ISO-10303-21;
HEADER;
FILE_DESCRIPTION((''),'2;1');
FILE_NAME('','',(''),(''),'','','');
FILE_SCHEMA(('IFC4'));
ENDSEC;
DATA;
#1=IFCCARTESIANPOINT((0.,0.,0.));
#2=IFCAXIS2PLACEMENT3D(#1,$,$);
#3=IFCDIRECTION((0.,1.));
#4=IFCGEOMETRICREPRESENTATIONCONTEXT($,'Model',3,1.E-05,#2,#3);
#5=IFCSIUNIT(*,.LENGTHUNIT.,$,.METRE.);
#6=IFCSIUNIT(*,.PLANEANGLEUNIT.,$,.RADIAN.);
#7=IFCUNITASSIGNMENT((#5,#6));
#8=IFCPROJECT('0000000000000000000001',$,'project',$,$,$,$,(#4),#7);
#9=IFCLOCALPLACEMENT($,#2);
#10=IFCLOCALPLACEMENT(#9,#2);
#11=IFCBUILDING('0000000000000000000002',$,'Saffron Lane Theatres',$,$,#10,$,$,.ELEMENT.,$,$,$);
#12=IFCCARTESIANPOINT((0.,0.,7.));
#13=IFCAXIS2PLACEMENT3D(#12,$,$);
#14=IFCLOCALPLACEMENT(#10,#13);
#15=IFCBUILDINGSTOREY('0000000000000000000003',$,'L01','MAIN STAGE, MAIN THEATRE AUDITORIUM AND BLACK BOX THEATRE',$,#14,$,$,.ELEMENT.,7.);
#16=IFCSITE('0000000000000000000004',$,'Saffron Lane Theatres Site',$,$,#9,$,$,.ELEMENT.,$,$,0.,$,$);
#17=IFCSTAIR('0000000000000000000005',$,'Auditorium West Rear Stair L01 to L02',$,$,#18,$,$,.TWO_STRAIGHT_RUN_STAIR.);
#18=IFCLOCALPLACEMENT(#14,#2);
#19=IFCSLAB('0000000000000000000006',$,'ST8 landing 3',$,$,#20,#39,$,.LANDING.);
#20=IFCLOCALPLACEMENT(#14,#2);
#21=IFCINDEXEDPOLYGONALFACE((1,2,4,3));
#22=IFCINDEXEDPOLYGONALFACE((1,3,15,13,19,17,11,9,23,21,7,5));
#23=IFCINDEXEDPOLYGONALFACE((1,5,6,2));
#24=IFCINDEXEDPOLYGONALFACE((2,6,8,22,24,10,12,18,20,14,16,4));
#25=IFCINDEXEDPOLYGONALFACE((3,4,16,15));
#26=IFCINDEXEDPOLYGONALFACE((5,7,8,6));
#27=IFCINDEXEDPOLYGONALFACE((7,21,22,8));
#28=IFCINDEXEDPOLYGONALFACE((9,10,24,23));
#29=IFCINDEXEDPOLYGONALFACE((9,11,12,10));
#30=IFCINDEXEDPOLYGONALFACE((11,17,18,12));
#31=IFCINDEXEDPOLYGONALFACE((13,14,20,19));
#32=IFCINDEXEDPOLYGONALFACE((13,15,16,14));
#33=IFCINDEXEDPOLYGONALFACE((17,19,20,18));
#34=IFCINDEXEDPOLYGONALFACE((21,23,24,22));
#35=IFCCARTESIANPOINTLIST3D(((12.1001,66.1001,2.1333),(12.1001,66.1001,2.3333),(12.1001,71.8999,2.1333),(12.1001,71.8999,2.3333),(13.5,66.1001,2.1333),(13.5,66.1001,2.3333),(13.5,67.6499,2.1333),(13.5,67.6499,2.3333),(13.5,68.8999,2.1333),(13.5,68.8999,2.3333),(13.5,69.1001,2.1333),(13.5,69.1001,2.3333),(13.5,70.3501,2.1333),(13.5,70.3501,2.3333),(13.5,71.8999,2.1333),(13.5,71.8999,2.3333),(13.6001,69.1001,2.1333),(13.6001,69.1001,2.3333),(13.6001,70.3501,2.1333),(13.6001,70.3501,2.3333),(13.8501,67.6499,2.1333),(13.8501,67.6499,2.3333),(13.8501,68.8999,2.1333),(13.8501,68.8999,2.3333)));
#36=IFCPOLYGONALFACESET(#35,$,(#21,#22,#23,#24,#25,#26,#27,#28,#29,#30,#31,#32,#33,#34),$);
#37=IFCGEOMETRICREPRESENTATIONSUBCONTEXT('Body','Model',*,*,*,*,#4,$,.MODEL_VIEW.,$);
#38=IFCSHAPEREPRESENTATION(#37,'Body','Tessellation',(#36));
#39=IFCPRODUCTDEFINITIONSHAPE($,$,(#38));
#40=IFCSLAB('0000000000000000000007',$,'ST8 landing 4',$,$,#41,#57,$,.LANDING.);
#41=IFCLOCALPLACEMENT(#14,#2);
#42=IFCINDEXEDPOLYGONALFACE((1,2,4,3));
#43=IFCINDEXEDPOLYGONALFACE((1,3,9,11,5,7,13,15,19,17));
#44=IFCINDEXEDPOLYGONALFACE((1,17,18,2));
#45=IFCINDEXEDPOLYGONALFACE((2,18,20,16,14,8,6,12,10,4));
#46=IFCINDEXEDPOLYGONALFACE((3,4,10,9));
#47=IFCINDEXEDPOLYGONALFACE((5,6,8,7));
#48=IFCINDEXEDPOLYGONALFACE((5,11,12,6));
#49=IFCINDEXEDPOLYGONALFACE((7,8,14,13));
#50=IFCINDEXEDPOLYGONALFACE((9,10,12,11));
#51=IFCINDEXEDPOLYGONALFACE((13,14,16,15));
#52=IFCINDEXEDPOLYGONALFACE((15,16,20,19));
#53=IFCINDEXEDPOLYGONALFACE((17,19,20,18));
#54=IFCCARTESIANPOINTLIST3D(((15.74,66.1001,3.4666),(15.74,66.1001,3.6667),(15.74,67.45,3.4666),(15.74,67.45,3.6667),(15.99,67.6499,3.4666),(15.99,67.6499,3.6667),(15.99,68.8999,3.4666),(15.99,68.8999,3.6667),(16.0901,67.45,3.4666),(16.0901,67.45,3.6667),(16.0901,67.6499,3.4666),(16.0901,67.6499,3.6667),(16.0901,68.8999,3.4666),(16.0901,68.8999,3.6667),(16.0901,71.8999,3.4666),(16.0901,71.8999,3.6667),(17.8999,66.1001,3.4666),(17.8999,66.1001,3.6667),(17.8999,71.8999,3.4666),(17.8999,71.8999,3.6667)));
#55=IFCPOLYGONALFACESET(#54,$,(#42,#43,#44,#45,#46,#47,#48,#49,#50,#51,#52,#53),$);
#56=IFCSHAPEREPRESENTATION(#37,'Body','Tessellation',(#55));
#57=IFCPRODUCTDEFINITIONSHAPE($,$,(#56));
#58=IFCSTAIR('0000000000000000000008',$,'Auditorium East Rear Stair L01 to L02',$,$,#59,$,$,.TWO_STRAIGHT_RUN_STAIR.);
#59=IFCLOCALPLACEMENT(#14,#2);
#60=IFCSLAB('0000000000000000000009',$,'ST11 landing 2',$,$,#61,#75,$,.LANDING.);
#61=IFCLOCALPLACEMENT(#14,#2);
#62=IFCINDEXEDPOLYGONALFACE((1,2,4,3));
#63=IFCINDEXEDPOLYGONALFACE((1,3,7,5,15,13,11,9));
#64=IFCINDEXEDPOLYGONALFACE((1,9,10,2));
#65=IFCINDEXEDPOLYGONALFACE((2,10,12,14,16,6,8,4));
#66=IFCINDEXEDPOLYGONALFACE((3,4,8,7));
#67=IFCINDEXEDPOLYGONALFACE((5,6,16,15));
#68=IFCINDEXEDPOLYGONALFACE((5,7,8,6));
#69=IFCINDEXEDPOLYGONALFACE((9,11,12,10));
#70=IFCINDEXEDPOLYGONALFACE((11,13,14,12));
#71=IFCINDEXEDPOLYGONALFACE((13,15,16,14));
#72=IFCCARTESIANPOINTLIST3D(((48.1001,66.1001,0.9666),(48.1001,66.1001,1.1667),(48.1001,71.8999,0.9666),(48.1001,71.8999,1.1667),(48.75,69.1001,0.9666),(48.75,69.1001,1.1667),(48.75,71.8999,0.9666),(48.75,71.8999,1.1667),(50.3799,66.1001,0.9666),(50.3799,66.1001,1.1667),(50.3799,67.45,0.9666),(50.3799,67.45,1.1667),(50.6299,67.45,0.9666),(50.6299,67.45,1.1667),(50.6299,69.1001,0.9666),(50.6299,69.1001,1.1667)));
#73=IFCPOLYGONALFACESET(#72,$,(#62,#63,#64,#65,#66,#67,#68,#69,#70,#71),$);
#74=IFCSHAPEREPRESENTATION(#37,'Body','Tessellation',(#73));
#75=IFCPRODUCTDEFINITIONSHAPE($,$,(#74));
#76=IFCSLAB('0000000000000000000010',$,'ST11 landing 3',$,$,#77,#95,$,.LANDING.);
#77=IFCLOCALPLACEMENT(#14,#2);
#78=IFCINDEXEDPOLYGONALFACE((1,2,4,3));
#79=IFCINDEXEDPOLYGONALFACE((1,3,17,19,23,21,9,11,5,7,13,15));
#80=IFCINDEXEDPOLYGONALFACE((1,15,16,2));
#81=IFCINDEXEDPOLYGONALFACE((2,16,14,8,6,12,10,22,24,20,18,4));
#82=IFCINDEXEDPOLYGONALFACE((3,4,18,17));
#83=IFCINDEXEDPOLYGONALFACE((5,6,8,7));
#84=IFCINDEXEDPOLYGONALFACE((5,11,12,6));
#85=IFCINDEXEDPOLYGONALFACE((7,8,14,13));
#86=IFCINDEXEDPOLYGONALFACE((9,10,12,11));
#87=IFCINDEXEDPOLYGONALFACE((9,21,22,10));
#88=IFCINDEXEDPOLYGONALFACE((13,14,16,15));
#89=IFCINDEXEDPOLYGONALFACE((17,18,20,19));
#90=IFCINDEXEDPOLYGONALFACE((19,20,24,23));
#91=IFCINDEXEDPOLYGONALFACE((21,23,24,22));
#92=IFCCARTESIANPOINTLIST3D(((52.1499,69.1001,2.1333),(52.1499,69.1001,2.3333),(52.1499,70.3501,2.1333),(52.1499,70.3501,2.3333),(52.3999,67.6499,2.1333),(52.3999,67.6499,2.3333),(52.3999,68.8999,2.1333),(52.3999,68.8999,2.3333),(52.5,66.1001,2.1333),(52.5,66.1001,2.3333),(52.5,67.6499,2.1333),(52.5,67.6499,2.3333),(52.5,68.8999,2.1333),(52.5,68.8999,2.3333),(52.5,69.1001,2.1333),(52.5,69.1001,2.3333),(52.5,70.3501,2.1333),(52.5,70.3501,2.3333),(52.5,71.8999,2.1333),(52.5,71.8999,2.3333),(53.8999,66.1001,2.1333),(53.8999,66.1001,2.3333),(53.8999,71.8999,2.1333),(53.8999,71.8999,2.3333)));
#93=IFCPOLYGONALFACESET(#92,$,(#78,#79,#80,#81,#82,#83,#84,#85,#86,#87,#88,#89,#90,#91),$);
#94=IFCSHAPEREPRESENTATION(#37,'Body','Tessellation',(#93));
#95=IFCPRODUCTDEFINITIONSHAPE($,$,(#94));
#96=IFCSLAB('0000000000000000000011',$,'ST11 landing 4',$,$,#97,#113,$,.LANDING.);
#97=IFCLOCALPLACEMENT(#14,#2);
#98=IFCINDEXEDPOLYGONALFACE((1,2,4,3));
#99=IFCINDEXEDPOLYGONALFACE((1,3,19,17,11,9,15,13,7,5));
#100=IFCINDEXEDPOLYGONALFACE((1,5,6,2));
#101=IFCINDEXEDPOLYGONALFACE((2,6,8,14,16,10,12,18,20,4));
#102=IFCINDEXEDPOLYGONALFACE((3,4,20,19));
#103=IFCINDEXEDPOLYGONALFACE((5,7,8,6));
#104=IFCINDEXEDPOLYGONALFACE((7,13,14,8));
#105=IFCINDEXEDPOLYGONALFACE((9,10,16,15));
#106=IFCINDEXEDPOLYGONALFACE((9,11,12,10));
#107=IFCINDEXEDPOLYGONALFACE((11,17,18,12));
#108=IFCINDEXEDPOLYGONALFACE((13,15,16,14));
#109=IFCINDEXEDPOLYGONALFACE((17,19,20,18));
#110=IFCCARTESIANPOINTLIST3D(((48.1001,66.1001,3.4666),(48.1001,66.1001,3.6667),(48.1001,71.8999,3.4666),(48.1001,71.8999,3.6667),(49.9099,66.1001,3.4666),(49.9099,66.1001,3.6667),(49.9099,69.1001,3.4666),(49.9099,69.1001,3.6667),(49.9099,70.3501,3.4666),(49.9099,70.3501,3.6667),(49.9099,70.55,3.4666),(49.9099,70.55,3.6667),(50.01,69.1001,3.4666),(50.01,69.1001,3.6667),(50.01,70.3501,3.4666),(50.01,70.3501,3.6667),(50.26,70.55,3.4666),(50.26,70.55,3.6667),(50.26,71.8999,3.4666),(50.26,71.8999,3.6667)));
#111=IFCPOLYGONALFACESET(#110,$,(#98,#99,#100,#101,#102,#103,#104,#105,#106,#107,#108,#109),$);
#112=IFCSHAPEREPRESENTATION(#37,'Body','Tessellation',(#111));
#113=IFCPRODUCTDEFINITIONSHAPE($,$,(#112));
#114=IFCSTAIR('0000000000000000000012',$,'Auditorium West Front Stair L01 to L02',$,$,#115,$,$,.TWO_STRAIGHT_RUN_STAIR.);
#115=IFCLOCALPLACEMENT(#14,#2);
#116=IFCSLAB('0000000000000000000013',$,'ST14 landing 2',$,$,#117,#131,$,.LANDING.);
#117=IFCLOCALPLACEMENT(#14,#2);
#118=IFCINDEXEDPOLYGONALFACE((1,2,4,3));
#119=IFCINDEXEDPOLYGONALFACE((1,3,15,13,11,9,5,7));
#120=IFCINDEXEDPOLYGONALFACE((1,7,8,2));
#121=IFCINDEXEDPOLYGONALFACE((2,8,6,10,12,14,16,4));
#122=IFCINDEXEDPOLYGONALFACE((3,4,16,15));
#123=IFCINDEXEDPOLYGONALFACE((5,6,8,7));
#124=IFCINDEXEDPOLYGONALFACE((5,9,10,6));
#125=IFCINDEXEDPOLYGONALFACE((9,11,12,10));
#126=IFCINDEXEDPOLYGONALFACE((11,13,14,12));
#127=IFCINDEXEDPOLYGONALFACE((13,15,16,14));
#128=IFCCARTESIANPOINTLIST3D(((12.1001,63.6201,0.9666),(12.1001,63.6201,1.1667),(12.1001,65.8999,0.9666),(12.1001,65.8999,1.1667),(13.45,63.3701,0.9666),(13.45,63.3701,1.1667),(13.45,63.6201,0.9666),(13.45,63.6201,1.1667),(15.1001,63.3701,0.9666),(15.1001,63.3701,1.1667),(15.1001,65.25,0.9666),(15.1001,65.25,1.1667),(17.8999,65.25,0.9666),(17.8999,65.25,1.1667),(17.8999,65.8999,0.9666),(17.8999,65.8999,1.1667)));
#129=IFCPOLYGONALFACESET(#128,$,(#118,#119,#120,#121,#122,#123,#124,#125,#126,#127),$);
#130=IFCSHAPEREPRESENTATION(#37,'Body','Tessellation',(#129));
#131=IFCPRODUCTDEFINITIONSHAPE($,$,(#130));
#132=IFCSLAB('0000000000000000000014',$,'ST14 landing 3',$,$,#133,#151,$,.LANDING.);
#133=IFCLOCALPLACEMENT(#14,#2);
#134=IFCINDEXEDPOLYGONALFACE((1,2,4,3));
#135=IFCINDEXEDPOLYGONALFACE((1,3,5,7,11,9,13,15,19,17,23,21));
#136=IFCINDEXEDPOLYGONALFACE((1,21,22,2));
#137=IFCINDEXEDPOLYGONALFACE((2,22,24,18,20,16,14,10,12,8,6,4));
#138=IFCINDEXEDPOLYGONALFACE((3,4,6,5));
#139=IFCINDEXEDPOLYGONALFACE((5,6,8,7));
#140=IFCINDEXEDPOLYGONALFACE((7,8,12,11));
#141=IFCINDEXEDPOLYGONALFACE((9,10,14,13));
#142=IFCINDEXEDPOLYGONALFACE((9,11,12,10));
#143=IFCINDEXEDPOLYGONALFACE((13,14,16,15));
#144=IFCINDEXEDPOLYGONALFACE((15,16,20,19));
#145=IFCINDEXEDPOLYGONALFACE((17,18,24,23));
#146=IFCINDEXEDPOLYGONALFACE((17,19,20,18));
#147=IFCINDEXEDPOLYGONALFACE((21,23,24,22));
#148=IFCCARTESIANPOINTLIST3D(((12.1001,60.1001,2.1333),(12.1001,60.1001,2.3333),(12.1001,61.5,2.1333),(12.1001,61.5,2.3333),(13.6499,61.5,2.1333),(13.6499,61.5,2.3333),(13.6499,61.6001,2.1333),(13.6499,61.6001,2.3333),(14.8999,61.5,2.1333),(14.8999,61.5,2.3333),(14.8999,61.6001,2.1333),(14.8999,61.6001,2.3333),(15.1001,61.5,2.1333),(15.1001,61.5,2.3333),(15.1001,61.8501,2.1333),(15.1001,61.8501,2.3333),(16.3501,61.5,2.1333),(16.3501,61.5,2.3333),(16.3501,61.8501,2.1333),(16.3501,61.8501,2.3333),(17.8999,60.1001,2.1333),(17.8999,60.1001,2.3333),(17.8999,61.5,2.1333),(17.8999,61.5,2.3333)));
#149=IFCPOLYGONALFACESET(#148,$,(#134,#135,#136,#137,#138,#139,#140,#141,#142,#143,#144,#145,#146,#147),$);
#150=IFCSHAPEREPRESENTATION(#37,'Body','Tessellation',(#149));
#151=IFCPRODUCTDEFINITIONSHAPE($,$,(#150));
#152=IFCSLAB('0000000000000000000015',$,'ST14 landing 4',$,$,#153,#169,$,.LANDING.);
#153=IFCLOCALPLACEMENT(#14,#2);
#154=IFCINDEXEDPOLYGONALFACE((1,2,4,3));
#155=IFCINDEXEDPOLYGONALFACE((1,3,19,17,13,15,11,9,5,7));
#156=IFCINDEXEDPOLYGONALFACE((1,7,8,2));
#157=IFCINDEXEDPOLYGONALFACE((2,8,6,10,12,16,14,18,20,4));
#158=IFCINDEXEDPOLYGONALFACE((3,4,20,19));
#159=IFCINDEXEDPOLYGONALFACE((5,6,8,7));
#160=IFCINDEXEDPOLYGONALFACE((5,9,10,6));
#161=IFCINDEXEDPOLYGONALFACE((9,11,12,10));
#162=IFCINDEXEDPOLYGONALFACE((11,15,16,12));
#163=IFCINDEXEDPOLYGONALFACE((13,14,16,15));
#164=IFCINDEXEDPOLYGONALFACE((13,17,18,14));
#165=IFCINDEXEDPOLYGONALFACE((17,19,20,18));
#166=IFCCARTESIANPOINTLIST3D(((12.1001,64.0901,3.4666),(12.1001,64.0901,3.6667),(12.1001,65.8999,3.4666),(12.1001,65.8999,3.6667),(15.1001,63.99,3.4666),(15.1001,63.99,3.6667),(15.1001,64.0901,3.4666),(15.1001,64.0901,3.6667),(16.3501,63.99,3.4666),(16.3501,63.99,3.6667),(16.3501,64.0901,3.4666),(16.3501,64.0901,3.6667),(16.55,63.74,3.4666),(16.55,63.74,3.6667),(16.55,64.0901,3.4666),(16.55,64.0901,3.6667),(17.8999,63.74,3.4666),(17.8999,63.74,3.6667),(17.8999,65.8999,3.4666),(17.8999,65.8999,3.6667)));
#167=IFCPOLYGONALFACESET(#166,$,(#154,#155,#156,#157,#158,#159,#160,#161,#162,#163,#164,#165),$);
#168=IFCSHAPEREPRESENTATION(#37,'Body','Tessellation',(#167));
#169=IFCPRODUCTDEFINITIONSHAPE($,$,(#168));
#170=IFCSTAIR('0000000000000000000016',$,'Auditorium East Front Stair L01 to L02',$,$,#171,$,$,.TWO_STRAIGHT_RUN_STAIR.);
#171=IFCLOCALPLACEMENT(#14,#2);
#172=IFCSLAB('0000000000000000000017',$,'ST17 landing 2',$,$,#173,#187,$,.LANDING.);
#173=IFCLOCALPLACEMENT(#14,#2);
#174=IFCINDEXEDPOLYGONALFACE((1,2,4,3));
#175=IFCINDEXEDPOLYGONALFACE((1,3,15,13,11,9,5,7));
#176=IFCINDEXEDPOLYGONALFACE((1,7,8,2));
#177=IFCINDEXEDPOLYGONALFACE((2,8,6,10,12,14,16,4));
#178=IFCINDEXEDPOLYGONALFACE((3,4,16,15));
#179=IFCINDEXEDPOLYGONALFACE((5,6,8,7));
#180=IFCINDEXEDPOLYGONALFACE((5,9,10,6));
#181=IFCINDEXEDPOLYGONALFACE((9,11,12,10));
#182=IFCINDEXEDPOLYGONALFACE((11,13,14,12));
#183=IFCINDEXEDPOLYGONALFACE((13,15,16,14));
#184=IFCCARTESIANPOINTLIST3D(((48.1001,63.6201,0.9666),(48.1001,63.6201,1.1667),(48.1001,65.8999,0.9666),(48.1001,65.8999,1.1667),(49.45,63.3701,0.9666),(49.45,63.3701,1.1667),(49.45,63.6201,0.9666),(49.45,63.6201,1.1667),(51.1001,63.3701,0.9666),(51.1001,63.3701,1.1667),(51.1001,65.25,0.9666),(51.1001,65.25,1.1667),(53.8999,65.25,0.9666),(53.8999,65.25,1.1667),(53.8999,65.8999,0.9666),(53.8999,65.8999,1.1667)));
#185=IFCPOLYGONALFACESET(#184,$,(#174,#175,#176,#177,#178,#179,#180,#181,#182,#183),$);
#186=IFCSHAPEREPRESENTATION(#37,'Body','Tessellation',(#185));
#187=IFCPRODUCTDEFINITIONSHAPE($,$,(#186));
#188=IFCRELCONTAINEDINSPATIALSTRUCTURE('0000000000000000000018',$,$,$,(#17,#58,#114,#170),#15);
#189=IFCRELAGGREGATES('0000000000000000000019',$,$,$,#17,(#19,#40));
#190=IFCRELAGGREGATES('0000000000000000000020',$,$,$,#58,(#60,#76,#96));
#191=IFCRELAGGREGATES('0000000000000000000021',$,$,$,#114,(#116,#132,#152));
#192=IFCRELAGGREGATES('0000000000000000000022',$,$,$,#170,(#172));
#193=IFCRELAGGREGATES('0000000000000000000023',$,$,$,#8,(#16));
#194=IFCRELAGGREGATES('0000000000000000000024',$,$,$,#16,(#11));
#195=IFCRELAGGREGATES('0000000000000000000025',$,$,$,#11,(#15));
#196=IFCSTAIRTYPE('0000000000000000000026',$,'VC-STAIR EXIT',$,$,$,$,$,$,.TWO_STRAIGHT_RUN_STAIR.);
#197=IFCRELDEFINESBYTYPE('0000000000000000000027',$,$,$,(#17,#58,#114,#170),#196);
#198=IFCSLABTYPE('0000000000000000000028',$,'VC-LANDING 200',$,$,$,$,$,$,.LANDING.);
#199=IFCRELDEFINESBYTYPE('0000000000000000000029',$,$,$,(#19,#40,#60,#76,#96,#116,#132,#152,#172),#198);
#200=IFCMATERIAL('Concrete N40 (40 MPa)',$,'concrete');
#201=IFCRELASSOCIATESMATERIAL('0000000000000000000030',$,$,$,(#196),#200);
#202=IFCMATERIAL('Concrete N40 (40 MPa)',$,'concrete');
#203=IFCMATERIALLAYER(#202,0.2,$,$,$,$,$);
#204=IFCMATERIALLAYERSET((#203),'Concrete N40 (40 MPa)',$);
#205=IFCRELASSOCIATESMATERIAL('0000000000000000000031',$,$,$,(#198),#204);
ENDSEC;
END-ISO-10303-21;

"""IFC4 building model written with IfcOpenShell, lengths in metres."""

from ifc_helpers import new_model, si_unit, direction, frame, origin, place, context, subcontext, project, spatial, polyline, outline, extrude, material, layer, layer_set, type_object, element, aggregate, save


model = new_model("IFC4")

# Units and contexts
model_context = context("Model", 3, precision=1e-05, world=origin(), true_north=direction((0.0, 1.0)))
body_context = subcontext(model_context, "Body", "Model", "MODEL_VIEW")
ifc_project = project(units=[si_unit("LENGTHUNIT", "METRE"), si_unit("PLANEANGLEUNIT", "RADIAN")], contexts=[model_context])

# Site, building, storey
site_placement = place(None, origin())
site = spatial("IfcSite", under=ifc_project, at=site_placement, Name="Saffron Lane Theatres Site", CompositionType="ELEMENT", RefElevation=0.0)
building_placement = place(site_placement, origin())
building = spatial("IfcBuilding", under=site, at=building_placement, Name="Saffron Lane Theatres", CompositionType="ELEMENT")
storey_placement = place(building_placement, frame((0.0, 0.0, 7.0)))
storey = spatial("IfcBuildingStorey", under=building, at=storey_placement, Name="L01", Description="MAIN STAGE, MAIN THEATRE AUDITORIUM AND BLACK BOX THEATRE", CompositionType="ELEMENT", Elevation=7.0)

# Stairs, slabs
ifc_material_1 = material(Name="Concrete N40 (40 MPa)", Category="concrete")
stair_type_1 = type_object("IfcStairType", Name="VC-STAIR EXIT", PredefinedType="TWO_STRAIGHT_RUN_STAIR", material=ifc_material_1)
ifc_material_2 = material(Name="Concrete N40 (40 MPa)", Category="concrete")
ifc_layer_1 = layer(ifc_material_2, 0.2)
ifc_layer_set_1 = layer_set([ifc_layer_1], Name="Concrete N40 (40 MPa)")
slab_type_1 = type_object("IfcSlabType", Name="VC-LANDING 200", PredefinedType="LANDING", material=ifc_layer_set_1)
stair_1_placement = place(storey_placement, origin())
stair_1 = element("IfcStair", 1, at=stair_1_placement, inside=storey, type_object=stair_type_1, Name="Auditorium West Rear Stair L01 to L02", PredefinedType="TWO_STRAIGHT_RUN_STAIR")
slab_1_placement = place(storey_placement, frame((0.0, 0.0, 2.1333)))
slab_1 = element("IfcSlab", 2, at=slab_1_placement, type_object=slab_type_1, Name="ST8 landing 3", PredefinedType="LANDING", context=body_context, shape_type="SweptSolid", body=[
    extrude(outline(polyline([(13.5, 66.1001), (12.1001, 66.1001), (12.1001, 71.8999), (13.5, 71.8999), (13.5, 70.3501), (13.6001, 70.3501), (13.6001, 69.1001), (13.5, 69.1001), (13.5, 68.8999), (13.8501, 68.8999), (13.8501, 67.6499), (13.5, 67.6499), (13.5, 66.1001)])), origin(), (0.0, 0.0, 1.0), 0.2),
])
slab_2_placement = place(storey_placement, frame((0.0, 0.0, 3.4666)))
slab_2 = element("IfcSlab", 3, at=slab_2_placement, type_object=slab_type_1, Name="ST8 landing 4", PredefinedType="LANDING", context=body_context, shape_type="SweptSolid", body=[
    extrude(outline(polyline([(16.0901, 67.45), (16.0901, 67.6499), (15.99, 67.6499), (15.99, 68.8999), (16.0901, 68.8999), (16.0901, 71.8999), (17.8999, 71.8999), (17.8999, 66.1001), (15.74, 66.1001), (15.74, 67.45), (16.0901, 67.45)])), origin(), (0.0, 0.0, 1.0), 0.2002),
])
aggregate(stair_1, [slab_1, slab_2])
stair_2_placement = place(storey_placement, origin())
stair_2 = element("IfcStair", 4, at=stair_2_placement, inside=storey, type_object=stair_type_1, Name="Auditorium East Rear Stair L01 to L02", PredefinedType="TWO_STRAIGHT_RUN_STAIR")
slab_3_placement = place(storey_placement, frame((0.0, 0.0, 0.9666)))
slab_3 = element("IfcSlab", 5, at=slab_3_placement, type_object=slab_type_1, Name="ST11 landing 2", PredefinedType="LANDING", context=body_context, shape_type="SweptSolid", body=[
    extrude(outline(polyline([(50.6299, 69.1001), (50.6299, 67.45), (50.3799, 67.45), (50.3799, 66.1001), (48.1001, 66.1001), (48.1001, 71.8999), (48.75, 71.8999), (48.75, 69.1001), (50.6299, 69.1001)])), origin(), (0.0, 0.0, 1.0), 0.2002),
])
slab_4_placement = place(storey_placement, frame((0.0, 0.0, 2.1333)))
slab_4 = element("IfcSlab", 6, at=slab_4_placement, type_object=slab_type_1, Name="ST11 landing 3", PredefinedType="LANDING", context=body_context, shape_type="SweptSolid", body=[
    extrude(outline(polyline([(52.5, 71.8999), (53.8999, 71.8999), (53.8999, 66.1001), (52.5, 66.1001), (52.5, 67.6499), (52.3999, 67.6499), (52.3999, 68.8999), (52.5, 68.8999), (52.5, 69.1001), (52.1499, 69.1001), (52.1499, 70.3501), (52.5, 70.3501), (52.5, 71.8999)])), origin(), (0.0, 0.0, 1.0), 0.2),
])
slab_5_placement = place(storey_placement, frame((0.0, 0.0, 3.4666)))
slab_5 = element("IfcSlab", 7, at=slab_5_placement, type_object=slab_type_1, Name="ST11 landing 4", PredefinedType="LANDING", context=body_context, shape_type="SweptSolid", body=[
    extrude(outline(polyline([(49.9099, 70.55), (49.9099, 70.3501), (50.01, 70.3501), (50.01, 69.1001), (49.9099, 69.1001), (49.9099, 66.1001), (48.1001, 66.1001), (48.1001, 71.8999), (50.26, 71.8999), (50.26, 70.55), (49.9099, 70.55)])), origin(), (0.0, 0.0, 1.0), 0.2002),
])
aggregate(stair_2, [slab_3, slab_4, slab_5])
stair_3_placement = place(storey_placement, origin())
stair_3 = element("IfcStair", 8, at=stair_3_placement, inside=storey, type_object=stair_type_1, Name="Auditorium West Front Stair L01 to L02", PredefinedType="TWO_STRAIGHT_RUN_STAIR")
slab_6_placement = place(storey_placement, frame((0.0, 0.0, 0.9666)))
slab_6 = element("IfcSlab", 9, at=slab_6_placement, type_object=slab_type_1, Name="ST14 landing 2", PredefinedType="LANDING", context=body_context, shape_type="SweptSolid", body=[
    extrude(outline(polyline([(15.1001, 63.3701), (13.45, 63.3701), (13.45, 63.6201), (12.1001, 63.6201), (12.1001, 65.8999), (17.8999, 65.8999), (17.8999, 65.25), (15.1001, 65.25), (15.1001, 63.3701)])), origin(), (0.0, 0.0, 1.0), 0.2002),
])
slab_7_placement = place(storey_placement, frame((0.0, 0.0, 2.1333)))
slab_7 = element("IfcSlab", 10, at=slab_7_placement, type_object=slab_type_1, Name="ST14 landing 3", PredefinedType="LANDING", context=body_context, shape_type="SweptSolid", body=[
    extrude(outline(polyline([(17.8999, 61.5), (17.8999, 60.1001), (12.1001, 60.1001), (12.1001, 61.5), (13.6499, 61.5), (13.6499, 61.6001), (14.8999, 61.6001), (14.8999, 61.5), (15.1001, 61.5), (15.1001, 61.8501), (16.3501, 61.8501), (16.3501, 61.5), (17.8999, 61.5)])), origin(), (0.0, 0.0, 1.0), 0.2),
])
slab_8_placement = place(storey_placement, frame((0.0, 0.0, 3.4666)))
slab_8 = element("IfcSlab", 11, at=slab_8_placement, type_object=slab_type_1, Name="ST14 landing 4", PredefinedType="LANDING", context=body_context, shape_type="SweptSolid", body=[
    extrude(outline(polyline([(16.55, 64.0901), (16.3501, 64.0901), (16.3501, 63.99), (15.1001, 63.99), (15.1001, 64.0901), (12.1001, 64.0901), (12.1001, 65.8999), (17.8999, 65.8999), (17.8999, 63.74), (16.55, 63.74), (16.55, 64.0901)])), origin(), (0.0, 0.0, 1.0), 0.2002),
])
aggregate(stair_3, [slab_6, slab_7, slab_8])
stair_4_placement = place(storey_placement, origin())
stair_4 = element("IfcStair", 12, at=stair_4_placement, inside=storey, type_object=stair_type_1, Name="Auditorium East Front Stair L01 to L02", PredefinedType="TWO_STRAIGHT_RUN_STAIR")
slab_9_placement = place(storey_placement, frame((0.0, 0.0, 0.9666)))
slab_9 = element("IfcSlab", 13, at=slab_9_placement, type_object=slab_type_1, Name="ST17 landing 2", PredefinedType="LANDING", context=body_context, shape_type="SweptSolid", body=[
    extrude(outline(polyline([(51.1001, 63.3701), (49.45, 63.3701), (49.45, 63.6201), (48.1001, 63.6201), (48.1001, 65.8999), (53.8999, 65.8999), (53.8999, 65.25), (51.1001, 65.25), (51.1001, 63.3701)])), origin(), (0.0, 0.0, 1.0), 0.2002),
])
aggregate(stair_4, [slab_9])

save(model, "model.ifc")
